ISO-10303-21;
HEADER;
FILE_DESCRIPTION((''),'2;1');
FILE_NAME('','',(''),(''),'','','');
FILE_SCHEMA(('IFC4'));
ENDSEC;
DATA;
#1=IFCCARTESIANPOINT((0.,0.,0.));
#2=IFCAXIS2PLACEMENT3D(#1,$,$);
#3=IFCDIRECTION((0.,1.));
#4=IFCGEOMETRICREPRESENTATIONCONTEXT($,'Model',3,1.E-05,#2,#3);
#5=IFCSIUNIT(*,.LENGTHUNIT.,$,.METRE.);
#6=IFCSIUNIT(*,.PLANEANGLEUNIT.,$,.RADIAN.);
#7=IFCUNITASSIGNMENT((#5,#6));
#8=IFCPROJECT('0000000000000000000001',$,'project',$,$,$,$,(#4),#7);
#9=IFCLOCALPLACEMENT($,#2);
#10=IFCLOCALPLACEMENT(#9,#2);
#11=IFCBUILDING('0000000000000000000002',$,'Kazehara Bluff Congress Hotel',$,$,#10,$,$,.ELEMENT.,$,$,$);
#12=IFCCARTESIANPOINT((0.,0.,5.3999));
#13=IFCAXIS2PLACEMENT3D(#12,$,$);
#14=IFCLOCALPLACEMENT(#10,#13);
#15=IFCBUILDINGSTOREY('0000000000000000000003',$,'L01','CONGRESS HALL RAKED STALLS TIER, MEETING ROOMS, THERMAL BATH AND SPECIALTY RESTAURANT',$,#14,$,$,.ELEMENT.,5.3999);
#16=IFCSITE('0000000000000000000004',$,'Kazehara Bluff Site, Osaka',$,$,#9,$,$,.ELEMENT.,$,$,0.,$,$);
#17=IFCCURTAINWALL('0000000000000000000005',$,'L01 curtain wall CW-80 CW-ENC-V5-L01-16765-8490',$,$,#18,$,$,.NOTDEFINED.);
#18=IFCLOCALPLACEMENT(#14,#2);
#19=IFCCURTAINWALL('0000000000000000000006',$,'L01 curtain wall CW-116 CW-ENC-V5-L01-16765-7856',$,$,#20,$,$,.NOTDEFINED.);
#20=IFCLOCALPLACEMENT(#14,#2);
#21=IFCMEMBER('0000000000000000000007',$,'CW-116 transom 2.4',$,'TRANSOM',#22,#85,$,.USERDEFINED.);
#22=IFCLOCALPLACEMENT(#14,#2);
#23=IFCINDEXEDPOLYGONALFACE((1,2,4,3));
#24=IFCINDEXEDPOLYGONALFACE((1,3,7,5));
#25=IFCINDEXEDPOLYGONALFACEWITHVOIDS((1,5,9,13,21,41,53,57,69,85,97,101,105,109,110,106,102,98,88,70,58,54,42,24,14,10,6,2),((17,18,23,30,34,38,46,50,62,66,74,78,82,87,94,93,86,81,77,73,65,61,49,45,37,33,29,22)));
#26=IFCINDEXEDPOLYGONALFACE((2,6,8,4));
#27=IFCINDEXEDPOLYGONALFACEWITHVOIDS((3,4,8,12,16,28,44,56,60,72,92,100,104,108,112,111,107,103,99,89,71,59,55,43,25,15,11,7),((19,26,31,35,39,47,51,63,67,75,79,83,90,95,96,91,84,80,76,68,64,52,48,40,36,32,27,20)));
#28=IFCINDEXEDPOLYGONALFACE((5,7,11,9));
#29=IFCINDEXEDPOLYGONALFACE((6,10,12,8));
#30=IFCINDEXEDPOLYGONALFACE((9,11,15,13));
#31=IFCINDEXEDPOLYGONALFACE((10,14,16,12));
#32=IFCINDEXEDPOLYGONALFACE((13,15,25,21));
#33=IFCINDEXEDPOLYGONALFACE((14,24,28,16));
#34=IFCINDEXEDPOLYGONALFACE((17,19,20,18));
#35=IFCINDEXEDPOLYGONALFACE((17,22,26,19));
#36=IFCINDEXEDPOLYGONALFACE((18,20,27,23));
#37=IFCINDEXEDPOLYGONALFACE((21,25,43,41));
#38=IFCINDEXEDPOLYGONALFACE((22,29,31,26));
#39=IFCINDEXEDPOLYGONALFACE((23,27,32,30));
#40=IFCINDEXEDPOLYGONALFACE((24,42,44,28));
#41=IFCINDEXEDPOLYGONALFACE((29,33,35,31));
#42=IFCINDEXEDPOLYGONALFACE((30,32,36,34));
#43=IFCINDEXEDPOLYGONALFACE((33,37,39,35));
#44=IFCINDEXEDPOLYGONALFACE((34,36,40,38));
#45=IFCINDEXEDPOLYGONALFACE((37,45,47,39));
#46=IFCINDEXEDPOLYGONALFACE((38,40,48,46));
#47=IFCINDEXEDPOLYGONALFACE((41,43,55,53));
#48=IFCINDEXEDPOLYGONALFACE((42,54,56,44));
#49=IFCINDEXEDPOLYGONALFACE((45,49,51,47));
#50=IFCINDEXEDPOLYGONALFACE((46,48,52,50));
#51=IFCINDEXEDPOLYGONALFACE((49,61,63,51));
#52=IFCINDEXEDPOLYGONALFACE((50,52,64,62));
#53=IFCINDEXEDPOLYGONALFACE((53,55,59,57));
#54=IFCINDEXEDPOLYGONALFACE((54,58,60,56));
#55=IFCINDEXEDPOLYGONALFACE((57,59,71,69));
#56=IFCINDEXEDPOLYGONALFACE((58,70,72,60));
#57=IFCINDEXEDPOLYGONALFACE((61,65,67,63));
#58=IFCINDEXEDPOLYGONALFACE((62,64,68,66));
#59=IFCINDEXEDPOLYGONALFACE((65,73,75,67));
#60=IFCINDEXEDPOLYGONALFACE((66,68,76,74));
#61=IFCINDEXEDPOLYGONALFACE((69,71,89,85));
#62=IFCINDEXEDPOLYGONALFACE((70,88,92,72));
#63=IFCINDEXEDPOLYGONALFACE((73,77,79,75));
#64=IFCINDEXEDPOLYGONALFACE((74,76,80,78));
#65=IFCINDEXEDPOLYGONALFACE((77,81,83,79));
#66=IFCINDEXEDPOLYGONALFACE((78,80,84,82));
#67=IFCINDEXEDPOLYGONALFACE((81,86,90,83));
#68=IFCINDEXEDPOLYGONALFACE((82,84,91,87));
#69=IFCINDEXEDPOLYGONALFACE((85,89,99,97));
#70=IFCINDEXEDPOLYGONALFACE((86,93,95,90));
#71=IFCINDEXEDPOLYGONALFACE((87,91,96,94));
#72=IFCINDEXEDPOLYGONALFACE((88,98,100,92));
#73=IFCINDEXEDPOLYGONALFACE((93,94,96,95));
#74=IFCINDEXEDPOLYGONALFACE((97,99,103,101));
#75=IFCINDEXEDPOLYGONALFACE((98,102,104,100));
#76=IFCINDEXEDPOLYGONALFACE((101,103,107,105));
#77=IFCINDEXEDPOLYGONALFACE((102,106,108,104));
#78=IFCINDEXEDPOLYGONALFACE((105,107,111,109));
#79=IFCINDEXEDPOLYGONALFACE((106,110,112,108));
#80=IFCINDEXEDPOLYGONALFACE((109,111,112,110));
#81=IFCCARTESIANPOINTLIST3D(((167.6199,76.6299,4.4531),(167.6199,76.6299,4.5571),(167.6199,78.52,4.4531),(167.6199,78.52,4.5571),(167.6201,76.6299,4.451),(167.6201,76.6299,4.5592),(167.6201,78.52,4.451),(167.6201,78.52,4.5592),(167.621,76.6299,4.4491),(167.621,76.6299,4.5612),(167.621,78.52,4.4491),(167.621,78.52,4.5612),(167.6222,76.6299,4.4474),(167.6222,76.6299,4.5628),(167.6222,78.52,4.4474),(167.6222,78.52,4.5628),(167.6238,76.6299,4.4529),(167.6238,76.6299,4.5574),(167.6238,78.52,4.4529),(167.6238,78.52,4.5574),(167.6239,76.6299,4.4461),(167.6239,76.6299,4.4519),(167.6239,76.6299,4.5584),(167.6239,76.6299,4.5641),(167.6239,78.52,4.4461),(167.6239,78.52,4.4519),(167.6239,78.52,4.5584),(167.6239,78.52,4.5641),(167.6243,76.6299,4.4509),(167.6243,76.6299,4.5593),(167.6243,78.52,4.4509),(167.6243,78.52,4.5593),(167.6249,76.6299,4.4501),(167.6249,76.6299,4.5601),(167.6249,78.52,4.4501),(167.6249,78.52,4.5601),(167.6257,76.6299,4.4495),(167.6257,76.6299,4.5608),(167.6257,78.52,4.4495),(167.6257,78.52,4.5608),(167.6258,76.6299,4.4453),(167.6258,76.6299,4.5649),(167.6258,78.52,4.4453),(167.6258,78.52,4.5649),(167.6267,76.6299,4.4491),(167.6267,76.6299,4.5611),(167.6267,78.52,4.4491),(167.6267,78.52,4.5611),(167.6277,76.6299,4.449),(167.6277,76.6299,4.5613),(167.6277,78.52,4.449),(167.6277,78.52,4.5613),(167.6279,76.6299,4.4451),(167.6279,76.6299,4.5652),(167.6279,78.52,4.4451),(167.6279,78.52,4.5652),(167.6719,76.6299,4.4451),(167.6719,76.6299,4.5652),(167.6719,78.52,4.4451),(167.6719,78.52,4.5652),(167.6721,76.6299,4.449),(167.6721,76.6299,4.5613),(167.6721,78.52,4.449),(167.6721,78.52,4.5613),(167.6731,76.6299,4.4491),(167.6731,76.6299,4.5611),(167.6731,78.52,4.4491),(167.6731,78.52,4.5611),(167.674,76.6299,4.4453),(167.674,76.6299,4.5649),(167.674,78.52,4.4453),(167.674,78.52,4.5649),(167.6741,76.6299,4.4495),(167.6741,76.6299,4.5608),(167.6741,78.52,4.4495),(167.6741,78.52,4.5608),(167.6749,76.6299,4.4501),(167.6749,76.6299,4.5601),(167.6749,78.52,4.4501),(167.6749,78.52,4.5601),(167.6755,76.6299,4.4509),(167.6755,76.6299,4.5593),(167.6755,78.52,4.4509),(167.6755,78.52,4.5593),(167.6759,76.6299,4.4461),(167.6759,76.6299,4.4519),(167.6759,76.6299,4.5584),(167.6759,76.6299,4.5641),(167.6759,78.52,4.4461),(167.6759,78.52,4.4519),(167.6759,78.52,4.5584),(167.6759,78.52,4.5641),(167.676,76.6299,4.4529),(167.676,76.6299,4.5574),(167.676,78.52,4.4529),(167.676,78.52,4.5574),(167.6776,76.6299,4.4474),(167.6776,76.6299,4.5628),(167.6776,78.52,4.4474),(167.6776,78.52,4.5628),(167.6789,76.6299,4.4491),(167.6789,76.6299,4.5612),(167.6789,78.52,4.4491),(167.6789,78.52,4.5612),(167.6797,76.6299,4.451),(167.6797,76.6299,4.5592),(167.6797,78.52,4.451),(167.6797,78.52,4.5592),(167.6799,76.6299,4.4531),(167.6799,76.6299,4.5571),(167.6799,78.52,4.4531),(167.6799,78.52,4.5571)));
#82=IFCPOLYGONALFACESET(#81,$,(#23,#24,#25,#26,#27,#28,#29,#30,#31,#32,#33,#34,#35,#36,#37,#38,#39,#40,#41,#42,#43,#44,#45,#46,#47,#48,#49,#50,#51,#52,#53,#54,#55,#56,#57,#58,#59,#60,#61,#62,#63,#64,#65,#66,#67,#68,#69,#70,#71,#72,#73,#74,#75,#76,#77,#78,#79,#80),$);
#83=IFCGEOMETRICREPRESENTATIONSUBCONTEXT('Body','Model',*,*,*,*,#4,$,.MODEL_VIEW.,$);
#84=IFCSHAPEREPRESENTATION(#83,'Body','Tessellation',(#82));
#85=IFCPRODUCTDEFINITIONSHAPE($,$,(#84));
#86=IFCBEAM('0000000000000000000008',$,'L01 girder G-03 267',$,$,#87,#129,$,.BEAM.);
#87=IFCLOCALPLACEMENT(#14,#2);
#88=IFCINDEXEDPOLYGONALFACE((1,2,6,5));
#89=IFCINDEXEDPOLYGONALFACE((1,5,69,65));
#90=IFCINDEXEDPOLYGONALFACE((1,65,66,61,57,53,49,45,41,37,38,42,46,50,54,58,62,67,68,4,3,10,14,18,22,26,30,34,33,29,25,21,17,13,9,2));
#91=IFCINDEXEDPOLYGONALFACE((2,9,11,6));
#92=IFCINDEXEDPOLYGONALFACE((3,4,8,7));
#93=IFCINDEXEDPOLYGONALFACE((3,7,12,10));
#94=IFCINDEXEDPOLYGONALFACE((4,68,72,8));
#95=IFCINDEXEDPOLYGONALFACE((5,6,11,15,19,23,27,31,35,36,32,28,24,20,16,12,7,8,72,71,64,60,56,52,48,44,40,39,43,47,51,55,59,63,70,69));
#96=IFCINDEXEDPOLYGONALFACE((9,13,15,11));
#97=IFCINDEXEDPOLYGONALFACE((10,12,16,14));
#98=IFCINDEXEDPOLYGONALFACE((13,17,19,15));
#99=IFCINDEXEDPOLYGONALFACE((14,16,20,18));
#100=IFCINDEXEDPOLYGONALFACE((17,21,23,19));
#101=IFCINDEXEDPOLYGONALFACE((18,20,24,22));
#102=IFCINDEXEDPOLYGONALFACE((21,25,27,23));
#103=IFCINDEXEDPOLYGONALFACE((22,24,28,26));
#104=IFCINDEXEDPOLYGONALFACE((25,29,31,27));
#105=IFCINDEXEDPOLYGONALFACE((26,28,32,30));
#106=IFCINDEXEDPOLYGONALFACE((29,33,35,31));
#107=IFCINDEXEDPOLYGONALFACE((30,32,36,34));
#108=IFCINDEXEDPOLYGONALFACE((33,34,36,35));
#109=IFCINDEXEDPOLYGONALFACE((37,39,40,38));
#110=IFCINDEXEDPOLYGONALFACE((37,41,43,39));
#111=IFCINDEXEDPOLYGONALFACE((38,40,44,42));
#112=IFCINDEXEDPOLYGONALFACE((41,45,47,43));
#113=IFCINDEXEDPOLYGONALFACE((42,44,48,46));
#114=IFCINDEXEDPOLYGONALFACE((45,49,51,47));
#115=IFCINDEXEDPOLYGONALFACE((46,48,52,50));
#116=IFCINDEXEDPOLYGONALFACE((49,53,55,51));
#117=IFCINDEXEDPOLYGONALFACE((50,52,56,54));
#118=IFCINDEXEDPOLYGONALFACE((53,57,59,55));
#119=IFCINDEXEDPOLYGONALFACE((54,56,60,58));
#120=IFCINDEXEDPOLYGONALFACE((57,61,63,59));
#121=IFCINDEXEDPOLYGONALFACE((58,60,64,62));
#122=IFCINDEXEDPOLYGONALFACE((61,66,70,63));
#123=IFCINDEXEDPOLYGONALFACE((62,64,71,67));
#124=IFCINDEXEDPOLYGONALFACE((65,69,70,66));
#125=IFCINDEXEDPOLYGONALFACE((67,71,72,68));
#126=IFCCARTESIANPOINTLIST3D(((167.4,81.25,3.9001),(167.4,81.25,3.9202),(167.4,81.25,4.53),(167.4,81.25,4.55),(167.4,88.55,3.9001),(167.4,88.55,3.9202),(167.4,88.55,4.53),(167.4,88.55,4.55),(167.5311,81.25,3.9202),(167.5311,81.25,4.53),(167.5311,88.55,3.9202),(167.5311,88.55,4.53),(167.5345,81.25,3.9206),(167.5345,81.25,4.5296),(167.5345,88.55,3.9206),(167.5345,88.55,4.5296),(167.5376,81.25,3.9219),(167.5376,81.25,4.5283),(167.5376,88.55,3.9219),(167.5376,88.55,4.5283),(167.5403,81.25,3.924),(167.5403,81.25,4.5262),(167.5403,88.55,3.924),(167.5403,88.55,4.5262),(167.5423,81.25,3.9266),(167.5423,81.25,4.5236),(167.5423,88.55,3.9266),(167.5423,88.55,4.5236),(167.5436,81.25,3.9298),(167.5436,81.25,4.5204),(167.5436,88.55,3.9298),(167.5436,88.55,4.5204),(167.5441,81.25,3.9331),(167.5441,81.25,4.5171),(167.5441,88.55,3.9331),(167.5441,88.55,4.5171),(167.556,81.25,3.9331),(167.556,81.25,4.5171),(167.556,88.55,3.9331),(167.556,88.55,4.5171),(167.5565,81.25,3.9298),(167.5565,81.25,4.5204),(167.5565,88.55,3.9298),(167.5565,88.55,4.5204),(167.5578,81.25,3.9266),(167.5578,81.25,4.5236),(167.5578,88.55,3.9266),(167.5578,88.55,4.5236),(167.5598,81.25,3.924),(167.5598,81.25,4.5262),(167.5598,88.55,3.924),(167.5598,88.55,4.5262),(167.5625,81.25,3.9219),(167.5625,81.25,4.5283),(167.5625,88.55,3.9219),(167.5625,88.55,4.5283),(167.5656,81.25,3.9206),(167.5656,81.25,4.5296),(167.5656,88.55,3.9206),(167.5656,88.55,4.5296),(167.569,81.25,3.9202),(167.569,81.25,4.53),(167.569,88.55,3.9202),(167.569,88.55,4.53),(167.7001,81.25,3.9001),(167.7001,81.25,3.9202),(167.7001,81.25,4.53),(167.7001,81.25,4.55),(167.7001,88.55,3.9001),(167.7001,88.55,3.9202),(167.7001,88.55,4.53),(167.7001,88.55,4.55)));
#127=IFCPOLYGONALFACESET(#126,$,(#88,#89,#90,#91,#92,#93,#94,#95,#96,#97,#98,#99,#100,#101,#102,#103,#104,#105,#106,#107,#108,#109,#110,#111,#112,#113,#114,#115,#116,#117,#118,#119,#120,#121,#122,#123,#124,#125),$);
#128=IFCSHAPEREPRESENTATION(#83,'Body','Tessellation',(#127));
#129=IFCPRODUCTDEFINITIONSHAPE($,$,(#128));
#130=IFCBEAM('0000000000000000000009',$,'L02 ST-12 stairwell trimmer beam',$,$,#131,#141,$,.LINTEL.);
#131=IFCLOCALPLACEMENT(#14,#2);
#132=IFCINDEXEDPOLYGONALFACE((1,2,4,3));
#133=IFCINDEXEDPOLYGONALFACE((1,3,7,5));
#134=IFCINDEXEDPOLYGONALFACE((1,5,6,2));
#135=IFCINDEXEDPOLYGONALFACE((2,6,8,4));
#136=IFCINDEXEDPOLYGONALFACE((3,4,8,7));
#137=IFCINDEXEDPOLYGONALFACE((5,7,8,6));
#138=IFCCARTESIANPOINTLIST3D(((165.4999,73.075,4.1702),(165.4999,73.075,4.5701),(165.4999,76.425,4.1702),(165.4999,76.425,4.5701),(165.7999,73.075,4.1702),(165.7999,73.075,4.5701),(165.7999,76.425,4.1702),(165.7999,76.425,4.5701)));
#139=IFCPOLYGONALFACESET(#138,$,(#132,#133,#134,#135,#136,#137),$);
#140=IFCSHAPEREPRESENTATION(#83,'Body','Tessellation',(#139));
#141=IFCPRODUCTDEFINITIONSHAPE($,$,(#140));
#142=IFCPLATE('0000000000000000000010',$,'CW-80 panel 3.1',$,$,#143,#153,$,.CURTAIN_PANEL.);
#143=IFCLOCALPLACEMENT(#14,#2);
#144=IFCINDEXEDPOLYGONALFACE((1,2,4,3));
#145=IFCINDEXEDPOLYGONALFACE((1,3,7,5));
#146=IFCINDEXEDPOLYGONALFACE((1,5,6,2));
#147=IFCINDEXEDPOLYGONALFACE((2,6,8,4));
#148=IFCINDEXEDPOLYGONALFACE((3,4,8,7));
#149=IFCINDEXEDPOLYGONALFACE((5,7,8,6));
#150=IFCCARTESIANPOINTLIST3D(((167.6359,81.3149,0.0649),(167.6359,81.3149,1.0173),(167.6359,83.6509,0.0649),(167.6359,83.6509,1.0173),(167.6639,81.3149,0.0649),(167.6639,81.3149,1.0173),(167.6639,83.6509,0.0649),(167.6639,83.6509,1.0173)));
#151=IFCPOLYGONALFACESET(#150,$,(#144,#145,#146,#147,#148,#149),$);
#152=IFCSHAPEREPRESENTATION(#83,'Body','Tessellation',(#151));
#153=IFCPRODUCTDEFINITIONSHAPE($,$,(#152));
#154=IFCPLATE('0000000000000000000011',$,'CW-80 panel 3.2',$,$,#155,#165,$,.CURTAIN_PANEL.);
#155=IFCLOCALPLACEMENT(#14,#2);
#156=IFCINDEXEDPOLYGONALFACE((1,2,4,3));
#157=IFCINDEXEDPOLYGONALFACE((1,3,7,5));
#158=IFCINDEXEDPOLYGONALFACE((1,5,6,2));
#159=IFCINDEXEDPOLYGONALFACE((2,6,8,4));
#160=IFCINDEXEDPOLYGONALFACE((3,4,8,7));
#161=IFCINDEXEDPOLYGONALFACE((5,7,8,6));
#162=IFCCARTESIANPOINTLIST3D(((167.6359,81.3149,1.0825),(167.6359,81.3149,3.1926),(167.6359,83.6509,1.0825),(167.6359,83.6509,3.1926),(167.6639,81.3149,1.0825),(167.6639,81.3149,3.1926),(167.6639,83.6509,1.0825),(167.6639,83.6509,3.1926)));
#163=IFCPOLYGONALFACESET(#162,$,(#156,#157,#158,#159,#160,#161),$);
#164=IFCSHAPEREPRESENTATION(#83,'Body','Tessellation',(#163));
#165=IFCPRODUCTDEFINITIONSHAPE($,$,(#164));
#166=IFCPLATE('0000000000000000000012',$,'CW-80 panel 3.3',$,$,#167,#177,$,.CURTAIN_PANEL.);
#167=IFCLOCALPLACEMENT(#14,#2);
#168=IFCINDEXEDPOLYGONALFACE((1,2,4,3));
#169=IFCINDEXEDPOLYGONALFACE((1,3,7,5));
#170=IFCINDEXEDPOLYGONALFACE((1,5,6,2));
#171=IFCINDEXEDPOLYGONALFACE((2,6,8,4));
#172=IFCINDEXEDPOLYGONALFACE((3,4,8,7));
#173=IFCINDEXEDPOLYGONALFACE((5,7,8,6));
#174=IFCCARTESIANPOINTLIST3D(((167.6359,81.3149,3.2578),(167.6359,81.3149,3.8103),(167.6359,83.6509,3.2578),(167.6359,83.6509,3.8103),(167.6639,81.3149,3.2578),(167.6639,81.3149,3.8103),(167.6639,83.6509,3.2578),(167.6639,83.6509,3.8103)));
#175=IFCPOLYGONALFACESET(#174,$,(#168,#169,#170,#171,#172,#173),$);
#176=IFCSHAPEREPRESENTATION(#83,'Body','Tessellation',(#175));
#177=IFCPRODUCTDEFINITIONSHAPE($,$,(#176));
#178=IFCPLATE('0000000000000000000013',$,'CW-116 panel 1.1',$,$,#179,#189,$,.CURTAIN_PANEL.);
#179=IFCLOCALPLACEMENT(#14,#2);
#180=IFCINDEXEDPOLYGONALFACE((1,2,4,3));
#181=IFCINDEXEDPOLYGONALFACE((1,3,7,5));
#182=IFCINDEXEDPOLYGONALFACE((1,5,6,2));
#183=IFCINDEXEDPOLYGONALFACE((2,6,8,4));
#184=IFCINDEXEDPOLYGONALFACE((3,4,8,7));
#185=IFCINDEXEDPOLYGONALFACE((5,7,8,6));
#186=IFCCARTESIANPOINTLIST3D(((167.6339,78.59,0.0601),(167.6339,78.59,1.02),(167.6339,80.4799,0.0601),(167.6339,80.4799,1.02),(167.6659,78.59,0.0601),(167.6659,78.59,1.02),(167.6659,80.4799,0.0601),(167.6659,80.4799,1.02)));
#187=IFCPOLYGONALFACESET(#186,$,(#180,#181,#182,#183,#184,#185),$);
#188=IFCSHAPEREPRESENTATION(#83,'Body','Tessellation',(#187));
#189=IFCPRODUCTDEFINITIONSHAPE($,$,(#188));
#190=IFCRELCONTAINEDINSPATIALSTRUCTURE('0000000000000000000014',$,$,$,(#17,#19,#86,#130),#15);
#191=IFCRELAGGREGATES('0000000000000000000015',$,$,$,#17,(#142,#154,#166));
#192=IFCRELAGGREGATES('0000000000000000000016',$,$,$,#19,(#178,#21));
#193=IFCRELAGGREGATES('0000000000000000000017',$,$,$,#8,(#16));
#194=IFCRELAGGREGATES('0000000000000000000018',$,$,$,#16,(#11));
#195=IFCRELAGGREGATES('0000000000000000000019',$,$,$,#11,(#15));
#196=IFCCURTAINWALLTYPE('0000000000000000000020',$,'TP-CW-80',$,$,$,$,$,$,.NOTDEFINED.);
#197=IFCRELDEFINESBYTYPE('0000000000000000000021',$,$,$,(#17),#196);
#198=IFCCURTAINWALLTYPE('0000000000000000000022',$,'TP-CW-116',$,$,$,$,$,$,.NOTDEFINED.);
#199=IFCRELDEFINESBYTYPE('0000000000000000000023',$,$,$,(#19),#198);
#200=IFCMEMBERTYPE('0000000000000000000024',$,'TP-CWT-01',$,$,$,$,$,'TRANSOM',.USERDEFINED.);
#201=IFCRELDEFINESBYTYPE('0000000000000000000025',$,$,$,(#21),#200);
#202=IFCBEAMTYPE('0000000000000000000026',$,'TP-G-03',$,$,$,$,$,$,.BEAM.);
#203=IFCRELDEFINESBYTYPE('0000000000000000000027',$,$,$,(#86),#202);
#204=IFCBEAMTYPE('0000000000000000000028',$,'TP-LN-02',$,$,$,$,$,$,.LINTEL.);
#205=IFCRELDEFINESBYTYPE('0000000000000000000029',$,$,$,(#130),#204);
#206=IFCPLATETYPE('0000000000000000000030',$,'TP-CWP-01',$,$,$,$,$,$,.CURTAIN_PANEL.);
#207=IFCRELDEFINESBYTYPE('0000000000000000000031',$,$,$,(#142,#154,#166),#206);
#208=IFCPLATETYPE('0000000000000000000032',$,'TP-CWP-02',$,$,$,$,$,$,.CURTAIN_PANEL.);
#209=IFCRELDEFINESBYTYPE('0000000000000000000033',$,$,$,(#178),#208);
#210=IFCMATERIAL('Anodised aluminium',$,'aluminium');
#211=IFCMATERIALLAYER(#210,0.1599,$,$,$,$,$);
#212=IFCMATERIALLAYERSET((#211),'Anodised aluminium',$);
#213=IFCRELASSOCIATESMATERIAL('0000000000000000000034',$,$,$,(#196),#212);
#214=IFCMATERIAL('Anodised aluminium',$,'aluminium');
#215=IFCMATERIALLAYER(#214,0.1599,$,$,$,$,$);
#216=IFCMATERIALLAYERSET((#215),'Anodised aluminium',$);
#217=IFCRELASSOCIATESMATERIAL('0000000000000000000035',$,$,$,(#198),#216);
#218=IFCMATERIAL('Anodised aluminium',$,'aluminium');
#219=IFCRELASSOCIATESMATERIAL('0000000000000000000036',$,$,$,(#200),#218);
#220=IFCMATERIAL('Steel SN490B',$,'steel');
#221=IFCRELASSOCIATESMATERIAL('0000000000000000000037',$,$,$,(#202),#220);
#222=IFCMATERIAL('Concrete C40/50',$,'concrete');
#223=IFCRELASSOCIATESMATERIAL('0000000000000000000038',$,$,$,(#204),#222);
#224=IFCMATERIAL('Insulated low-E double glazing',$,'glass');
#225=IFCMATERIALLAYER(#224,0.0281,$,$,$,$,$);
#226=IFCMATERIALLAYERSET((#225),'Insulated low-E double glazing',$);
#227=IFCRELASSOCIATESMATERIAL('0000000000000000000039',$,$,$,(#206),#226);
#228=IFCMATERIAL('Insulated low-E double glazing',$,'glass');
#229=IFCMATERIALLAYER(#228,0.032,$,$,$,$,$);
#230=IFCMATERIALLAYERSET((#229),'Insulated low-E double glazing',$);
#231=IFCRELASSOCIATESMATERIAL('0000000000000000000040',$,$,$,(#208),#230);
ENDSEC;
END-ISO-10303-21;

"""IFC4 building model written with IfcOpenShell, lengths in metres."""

from ifc_helpers import new_model, si_unit, direction, frame, origin, origin_2d, place, context, subcontext, project, spatial, rectangle, hollow_rectangle, i_section, extrude, material, layer, layer_set, material_profile, profile_set, type_object, element, aggregate, save


model = new_model("IFC4")

# Units and contexts
model_context = context("Model", 3, precision=1e-05, world=origin(), true_north=direction((0.0, 1.0)))
body_context = subcontext(model_context, "Body", "Model", "MODEL_VIEW")
ifc_project = project(units=[si_unit("LENGTHUNIT", "METRE"), si_unit("PLANEANGLEUNIT", "RADIAN")], contexts=[model_context])

# Site, building, storey
site_placement = place(None, origin())
site = spatial("IfcSite", under=ifc_project, at=site_placement, Name="Kazehara Bluff Site, Osaka", CompositionType="ELEMENT", RefElevation=0.0)
building_placement = place(site_placement, origin())
building = spatial("IfcBuilding", under=site, at=building_placement, Name="Kazehara Bluff Congress Hotel", CompositionType="ELEMENT")
storey_placement = place(building_placement, frame((0.0, 0.0, 5.3999)))
storey = spatial("IfcBuildingStorey", under=building, at=storey_placement, Name="L01", Description="CONGRESS HALL RAKED STALLS TIER, MEETING ROOMS, THERMAL BATH AND SPECIALTY RESTAURANT", CompositionType="ELEMENT", Elevation=5.3999)

# Curtain wall
ifc_material_1 = material(Name="Anodised aluminium", Category="aluminium")
ifc_layer_1 = layer(ifc_material_1, 0.1599)
ifc_layer_set_1 = layer_set([ifc_layer_1], Name="Anodised aluminium")
curtain_wall_type_1 = type_object("IfcCurtainWallType", Name="TP-CW-80", PredefinedType="NOTDEFINED", material=ifc_layer_set_1)
curtain_wall_1_placement = place(storey_placement, origin())
curtain_wall_1 = element("IfcCurtainWall", 1, at=curtain_wall_1_placement, inside=storey, type_object=curtain_wall_type_1, Name="L01 curtain wall CW-80 CW-ENC-V5-L01-16765-8490", PredefinedType="NOTDEFINED")

# Curtain wall, member
ifc_material_2 = material(Name="Anodised aluminium", Category="aluminium")
ifc_layer_2 = layer(ifc_material_2, 0.1599)
ifc_layer_set_2 = layer_set([ifc_layer_2], Name="Anodised aluminium")
curtain_wall_type_2 = type_object("IfcCurtainWallType", Name="TP-CW-116", PredefinedType="NOTDEFINED", material=ifc_layer_set_2)
curtain_wall_2_placement = place(storey_placement, origin())
curtain_wall_2 = element("IfcCurtainWall", 2, at=curtain_wall_2_placement, inside=storey, type_object=curtain_wall_type_2, Name="L01 curtain wall CW-116 CW-ENC-V5-L01-16765-7856", PredefinedType="NOTDEFINED")
ifc_material_3 = material(Name="Anodised aluminium", Category="aluminium")
ifc_material_profile_1 = material_profile(ifc_material_3, hollow_rectangle(XDim=0.0601, YDim=0.1201, WallThickness=0.0039, InnerFilletRadius=0.0039, OuterFilletRadius=0.0081, at=origin_2d()))
ifc_profile_set_1 = profile_set([ifc_material_profile_1], Name="Anodised aluminium")
member_type_1 = type_object("IfcMemberType", Name="TP-CWT-01", ElementType="TRANSOM", PredefinedType="USERDEFINED", material=ifc_profile_set_1)
member_1_placement = place(storey_placement, frame((167.6499, 78.52, 4.5051), z_axis=(0.0, -1.0, 0.0), x_axis=(1.0, 0.0, 0.0)))
member_1 = element("IfcMember", 3, at=member_1_placement, type_object=member_type_1, Name="CW-116 transom 2.4", ObjectType="TRANSOM", PredefinedType="USERDEFINED", context=body_context, shape_type="SweptSolid", body=[
    extrude(hollow_rectangle(XDim=0.0601, YDim=0.1201, WallThickness=0.0039, InnerFilletRadius=0.0039, OuterFilletRadius=0.0081, at=origin_2d()), origin(), (0.0, 0.0, 1.0), 1.8901),
])

# Beams
ifc_material_4 = material(Name="Steel SN490B", Category="steel")
ifc_material_profile_2 = material_profile(ifc_material_4, i_section(OverallWidth=0.3, OverallDepth=0.6499, WebThickness=0.012, FlangeThickness=0.02, FilletRadius=0.0129, at=origin_2d()))
ifc_profile_set_2 = profile_set([ifc_material_profile_2], Name="Steel SN490B")
beam_type_1 = type_object("IfcBeamType", Name="TP-G-03", PredefinedType="BEAM", material=ifc_profile_set_2)
beam_1_placement = place(storey_placement, frame((167.55, 81.25, 4.2251), z_axis=(0.0, 1.0, 0.0), x_axis=(-1.0, 0.0, 0.0)))
element("IfcBeam", 4, at=beam_1_placement, inside=storey, type_object=beam_type_1, Name="L01 girder G-03 267", PredefinedType="BEAM", context=body_context, shape_type="SweptSolid", body=[
    extrude(i_section(OverallWidth=0.3, OverallDepth=0.6499, WebThickness=0.012, FlangeThickness=0.02, FilletRadius=0.0129, at=origin_2d()), origin(), (0.0, 0.0, 1.0), 7.3),
])
ifc_material_5 = material(Name="Concrete C40/50", Category="concrete")
ifc_material_profile_3 = material_profile(ifc_material_5, rectangle(XDim=0.3, YDim=0.3999, at=origin_2d()))
ifc_profile_set_3 = profile_set([ifc_material_profile_3], Name="Concrete C40/50")
beam_type_2 = type_object("IfcBeamType", Name="TP-LN-02", PredefinedType="LINTEL", material=ifc_profile_set_3)
beam_2_placement = place(storey_placement, frame((165.6499, 76.425, 4.3701), z_axis=(0.0, -1.0, 0.0), x_axis=(1.0, 0.0, 0.0)))
element("IfcBeam", 5, at=beam_2_placement, inside=storey, type_object=beam_type_2, Name="L02 ST-12 stairwell trimmer beam", PredefinedType="LINTEL", context=body_context, shape_type="SweptSolid", body=[
    extrude(rectangle(XDim=0.3, YDim=0.3999, at=origin_2d()), origin(), (0.0, 0.0, 1.0), 3.3501),
])

# Plates
ifc_material_6 = material(Name="Insulated low-E double glazing", Category="glass")
ifc_layer_3 = layer(ifc_material_6, 0.0281)
ifc_layer_set_3 = layer_set([ifc_layer_3], Name="Insulated low-E double glazing")
plate_type_1 = type_object("IfcPlateType", Name="TP-CWP-01", PredefinedType="CURTAIN_PANEL", material=ifc_layer_set_3)
plate_1_placement = place(storey_placement, frame((167.6499, 82.4829, 0.0649), z_axis=(0.0, 0.0, 1.0), x_axis=(0.0, -1.0, 0.0)))
plate_1 = element("IfcPlate", 6, at=plate_1_placement, type_object=plate_type_1, Name="CW-80 panel 3.1", PredefinedType="CURTAIN_PANEL", context=body_context, shape_type="SweptSolid", body=[
    extrude(rectangle(XDim=2.3359, YDim=0.0281, at=origin_2d()), origin(), (0.0, 0.0, 1.0), 0.9524),
])
plate_2_placement = place(storey_placement, frame((167.6499, 82.4829, 1.0825), z_axis=(0.0, 0.0, 1.0), x_axis=(0.0, -1.0, 0.0)))
plate_2 = element("IfcPlate", 7, at=plate_2_placement, type_object=plate_type_1, Name="CW-80 panel 3.2", PredefinedType="CURTAIN_PANEL", context=body_context, shape_type="SweptSolid", body=[
    extrude(rectangle(XDim=2.3359, YDim=0.0281, at=origin_2d()), origin(), (0.0, 0.0, 1.0), 2.1101),
])
plate_3_placement = place(storey_placement, frame((167.6499, 82.4829, 3.2578), z_axis=(0.0, 0.0, 1.0), x_axis=(0.0, -1.0, 0.0)))
plate_3 = element("IfcPlate", 8, at=plate_3_placement, type_object=plate_type_1, Name="CW-80 panel 3.3", PredefinedType="CURTAIN_PANEL", context=body_context, shape_type="SweptSolid", body=[
    extrude(rectangle(XDim=2.3359, YDim=0.0281, at=origin_2d()), origin(), (0.0, 0.0, 1.0), 0.5525),
])
aggregate(curtain_wall_1, [plate_1, plate_2, plate_3])
ifc_material_7 = material(Name="Insulated low-E double glazing", Category="glass")
ifc_layer_4 = layer(ifc_material_7, 0.032)
ifc_layer_set_4 = layer_set([ifc_layer_4], Name="Insulated low-E double glazing")
plate_type_2 = type_object("IfcPlateType", Name="TP-CWP-02", PredefinedType="CURTAIN_PANEL", material=ifc_layer_set_4)
plate_4_placement = place(storey_placement, frame((167.6499, 79.5349, 0.0601), z_axis=(0.0, 0.0, 1.0), x_axis=(0.0, -1.0, 0.0)))
plate_4 = element("IfcPlate", 9, at=plate_4_placement, type_object=plate_type_2, Name="CW-116 panel 1.1", PredefinedType="CURTAIN_PANEL", context=body_context, shape_type="SweptSolid", body=[
    extrude(rectangle(XDim=1.8899, YDim=0.032, at=origin_2d()), origin(), (0.0, 0.0, 1.0), 0.96),
])
aggregate(curtain_wall_2, [plate_4, member_1])

save(model, "model.ifc")
